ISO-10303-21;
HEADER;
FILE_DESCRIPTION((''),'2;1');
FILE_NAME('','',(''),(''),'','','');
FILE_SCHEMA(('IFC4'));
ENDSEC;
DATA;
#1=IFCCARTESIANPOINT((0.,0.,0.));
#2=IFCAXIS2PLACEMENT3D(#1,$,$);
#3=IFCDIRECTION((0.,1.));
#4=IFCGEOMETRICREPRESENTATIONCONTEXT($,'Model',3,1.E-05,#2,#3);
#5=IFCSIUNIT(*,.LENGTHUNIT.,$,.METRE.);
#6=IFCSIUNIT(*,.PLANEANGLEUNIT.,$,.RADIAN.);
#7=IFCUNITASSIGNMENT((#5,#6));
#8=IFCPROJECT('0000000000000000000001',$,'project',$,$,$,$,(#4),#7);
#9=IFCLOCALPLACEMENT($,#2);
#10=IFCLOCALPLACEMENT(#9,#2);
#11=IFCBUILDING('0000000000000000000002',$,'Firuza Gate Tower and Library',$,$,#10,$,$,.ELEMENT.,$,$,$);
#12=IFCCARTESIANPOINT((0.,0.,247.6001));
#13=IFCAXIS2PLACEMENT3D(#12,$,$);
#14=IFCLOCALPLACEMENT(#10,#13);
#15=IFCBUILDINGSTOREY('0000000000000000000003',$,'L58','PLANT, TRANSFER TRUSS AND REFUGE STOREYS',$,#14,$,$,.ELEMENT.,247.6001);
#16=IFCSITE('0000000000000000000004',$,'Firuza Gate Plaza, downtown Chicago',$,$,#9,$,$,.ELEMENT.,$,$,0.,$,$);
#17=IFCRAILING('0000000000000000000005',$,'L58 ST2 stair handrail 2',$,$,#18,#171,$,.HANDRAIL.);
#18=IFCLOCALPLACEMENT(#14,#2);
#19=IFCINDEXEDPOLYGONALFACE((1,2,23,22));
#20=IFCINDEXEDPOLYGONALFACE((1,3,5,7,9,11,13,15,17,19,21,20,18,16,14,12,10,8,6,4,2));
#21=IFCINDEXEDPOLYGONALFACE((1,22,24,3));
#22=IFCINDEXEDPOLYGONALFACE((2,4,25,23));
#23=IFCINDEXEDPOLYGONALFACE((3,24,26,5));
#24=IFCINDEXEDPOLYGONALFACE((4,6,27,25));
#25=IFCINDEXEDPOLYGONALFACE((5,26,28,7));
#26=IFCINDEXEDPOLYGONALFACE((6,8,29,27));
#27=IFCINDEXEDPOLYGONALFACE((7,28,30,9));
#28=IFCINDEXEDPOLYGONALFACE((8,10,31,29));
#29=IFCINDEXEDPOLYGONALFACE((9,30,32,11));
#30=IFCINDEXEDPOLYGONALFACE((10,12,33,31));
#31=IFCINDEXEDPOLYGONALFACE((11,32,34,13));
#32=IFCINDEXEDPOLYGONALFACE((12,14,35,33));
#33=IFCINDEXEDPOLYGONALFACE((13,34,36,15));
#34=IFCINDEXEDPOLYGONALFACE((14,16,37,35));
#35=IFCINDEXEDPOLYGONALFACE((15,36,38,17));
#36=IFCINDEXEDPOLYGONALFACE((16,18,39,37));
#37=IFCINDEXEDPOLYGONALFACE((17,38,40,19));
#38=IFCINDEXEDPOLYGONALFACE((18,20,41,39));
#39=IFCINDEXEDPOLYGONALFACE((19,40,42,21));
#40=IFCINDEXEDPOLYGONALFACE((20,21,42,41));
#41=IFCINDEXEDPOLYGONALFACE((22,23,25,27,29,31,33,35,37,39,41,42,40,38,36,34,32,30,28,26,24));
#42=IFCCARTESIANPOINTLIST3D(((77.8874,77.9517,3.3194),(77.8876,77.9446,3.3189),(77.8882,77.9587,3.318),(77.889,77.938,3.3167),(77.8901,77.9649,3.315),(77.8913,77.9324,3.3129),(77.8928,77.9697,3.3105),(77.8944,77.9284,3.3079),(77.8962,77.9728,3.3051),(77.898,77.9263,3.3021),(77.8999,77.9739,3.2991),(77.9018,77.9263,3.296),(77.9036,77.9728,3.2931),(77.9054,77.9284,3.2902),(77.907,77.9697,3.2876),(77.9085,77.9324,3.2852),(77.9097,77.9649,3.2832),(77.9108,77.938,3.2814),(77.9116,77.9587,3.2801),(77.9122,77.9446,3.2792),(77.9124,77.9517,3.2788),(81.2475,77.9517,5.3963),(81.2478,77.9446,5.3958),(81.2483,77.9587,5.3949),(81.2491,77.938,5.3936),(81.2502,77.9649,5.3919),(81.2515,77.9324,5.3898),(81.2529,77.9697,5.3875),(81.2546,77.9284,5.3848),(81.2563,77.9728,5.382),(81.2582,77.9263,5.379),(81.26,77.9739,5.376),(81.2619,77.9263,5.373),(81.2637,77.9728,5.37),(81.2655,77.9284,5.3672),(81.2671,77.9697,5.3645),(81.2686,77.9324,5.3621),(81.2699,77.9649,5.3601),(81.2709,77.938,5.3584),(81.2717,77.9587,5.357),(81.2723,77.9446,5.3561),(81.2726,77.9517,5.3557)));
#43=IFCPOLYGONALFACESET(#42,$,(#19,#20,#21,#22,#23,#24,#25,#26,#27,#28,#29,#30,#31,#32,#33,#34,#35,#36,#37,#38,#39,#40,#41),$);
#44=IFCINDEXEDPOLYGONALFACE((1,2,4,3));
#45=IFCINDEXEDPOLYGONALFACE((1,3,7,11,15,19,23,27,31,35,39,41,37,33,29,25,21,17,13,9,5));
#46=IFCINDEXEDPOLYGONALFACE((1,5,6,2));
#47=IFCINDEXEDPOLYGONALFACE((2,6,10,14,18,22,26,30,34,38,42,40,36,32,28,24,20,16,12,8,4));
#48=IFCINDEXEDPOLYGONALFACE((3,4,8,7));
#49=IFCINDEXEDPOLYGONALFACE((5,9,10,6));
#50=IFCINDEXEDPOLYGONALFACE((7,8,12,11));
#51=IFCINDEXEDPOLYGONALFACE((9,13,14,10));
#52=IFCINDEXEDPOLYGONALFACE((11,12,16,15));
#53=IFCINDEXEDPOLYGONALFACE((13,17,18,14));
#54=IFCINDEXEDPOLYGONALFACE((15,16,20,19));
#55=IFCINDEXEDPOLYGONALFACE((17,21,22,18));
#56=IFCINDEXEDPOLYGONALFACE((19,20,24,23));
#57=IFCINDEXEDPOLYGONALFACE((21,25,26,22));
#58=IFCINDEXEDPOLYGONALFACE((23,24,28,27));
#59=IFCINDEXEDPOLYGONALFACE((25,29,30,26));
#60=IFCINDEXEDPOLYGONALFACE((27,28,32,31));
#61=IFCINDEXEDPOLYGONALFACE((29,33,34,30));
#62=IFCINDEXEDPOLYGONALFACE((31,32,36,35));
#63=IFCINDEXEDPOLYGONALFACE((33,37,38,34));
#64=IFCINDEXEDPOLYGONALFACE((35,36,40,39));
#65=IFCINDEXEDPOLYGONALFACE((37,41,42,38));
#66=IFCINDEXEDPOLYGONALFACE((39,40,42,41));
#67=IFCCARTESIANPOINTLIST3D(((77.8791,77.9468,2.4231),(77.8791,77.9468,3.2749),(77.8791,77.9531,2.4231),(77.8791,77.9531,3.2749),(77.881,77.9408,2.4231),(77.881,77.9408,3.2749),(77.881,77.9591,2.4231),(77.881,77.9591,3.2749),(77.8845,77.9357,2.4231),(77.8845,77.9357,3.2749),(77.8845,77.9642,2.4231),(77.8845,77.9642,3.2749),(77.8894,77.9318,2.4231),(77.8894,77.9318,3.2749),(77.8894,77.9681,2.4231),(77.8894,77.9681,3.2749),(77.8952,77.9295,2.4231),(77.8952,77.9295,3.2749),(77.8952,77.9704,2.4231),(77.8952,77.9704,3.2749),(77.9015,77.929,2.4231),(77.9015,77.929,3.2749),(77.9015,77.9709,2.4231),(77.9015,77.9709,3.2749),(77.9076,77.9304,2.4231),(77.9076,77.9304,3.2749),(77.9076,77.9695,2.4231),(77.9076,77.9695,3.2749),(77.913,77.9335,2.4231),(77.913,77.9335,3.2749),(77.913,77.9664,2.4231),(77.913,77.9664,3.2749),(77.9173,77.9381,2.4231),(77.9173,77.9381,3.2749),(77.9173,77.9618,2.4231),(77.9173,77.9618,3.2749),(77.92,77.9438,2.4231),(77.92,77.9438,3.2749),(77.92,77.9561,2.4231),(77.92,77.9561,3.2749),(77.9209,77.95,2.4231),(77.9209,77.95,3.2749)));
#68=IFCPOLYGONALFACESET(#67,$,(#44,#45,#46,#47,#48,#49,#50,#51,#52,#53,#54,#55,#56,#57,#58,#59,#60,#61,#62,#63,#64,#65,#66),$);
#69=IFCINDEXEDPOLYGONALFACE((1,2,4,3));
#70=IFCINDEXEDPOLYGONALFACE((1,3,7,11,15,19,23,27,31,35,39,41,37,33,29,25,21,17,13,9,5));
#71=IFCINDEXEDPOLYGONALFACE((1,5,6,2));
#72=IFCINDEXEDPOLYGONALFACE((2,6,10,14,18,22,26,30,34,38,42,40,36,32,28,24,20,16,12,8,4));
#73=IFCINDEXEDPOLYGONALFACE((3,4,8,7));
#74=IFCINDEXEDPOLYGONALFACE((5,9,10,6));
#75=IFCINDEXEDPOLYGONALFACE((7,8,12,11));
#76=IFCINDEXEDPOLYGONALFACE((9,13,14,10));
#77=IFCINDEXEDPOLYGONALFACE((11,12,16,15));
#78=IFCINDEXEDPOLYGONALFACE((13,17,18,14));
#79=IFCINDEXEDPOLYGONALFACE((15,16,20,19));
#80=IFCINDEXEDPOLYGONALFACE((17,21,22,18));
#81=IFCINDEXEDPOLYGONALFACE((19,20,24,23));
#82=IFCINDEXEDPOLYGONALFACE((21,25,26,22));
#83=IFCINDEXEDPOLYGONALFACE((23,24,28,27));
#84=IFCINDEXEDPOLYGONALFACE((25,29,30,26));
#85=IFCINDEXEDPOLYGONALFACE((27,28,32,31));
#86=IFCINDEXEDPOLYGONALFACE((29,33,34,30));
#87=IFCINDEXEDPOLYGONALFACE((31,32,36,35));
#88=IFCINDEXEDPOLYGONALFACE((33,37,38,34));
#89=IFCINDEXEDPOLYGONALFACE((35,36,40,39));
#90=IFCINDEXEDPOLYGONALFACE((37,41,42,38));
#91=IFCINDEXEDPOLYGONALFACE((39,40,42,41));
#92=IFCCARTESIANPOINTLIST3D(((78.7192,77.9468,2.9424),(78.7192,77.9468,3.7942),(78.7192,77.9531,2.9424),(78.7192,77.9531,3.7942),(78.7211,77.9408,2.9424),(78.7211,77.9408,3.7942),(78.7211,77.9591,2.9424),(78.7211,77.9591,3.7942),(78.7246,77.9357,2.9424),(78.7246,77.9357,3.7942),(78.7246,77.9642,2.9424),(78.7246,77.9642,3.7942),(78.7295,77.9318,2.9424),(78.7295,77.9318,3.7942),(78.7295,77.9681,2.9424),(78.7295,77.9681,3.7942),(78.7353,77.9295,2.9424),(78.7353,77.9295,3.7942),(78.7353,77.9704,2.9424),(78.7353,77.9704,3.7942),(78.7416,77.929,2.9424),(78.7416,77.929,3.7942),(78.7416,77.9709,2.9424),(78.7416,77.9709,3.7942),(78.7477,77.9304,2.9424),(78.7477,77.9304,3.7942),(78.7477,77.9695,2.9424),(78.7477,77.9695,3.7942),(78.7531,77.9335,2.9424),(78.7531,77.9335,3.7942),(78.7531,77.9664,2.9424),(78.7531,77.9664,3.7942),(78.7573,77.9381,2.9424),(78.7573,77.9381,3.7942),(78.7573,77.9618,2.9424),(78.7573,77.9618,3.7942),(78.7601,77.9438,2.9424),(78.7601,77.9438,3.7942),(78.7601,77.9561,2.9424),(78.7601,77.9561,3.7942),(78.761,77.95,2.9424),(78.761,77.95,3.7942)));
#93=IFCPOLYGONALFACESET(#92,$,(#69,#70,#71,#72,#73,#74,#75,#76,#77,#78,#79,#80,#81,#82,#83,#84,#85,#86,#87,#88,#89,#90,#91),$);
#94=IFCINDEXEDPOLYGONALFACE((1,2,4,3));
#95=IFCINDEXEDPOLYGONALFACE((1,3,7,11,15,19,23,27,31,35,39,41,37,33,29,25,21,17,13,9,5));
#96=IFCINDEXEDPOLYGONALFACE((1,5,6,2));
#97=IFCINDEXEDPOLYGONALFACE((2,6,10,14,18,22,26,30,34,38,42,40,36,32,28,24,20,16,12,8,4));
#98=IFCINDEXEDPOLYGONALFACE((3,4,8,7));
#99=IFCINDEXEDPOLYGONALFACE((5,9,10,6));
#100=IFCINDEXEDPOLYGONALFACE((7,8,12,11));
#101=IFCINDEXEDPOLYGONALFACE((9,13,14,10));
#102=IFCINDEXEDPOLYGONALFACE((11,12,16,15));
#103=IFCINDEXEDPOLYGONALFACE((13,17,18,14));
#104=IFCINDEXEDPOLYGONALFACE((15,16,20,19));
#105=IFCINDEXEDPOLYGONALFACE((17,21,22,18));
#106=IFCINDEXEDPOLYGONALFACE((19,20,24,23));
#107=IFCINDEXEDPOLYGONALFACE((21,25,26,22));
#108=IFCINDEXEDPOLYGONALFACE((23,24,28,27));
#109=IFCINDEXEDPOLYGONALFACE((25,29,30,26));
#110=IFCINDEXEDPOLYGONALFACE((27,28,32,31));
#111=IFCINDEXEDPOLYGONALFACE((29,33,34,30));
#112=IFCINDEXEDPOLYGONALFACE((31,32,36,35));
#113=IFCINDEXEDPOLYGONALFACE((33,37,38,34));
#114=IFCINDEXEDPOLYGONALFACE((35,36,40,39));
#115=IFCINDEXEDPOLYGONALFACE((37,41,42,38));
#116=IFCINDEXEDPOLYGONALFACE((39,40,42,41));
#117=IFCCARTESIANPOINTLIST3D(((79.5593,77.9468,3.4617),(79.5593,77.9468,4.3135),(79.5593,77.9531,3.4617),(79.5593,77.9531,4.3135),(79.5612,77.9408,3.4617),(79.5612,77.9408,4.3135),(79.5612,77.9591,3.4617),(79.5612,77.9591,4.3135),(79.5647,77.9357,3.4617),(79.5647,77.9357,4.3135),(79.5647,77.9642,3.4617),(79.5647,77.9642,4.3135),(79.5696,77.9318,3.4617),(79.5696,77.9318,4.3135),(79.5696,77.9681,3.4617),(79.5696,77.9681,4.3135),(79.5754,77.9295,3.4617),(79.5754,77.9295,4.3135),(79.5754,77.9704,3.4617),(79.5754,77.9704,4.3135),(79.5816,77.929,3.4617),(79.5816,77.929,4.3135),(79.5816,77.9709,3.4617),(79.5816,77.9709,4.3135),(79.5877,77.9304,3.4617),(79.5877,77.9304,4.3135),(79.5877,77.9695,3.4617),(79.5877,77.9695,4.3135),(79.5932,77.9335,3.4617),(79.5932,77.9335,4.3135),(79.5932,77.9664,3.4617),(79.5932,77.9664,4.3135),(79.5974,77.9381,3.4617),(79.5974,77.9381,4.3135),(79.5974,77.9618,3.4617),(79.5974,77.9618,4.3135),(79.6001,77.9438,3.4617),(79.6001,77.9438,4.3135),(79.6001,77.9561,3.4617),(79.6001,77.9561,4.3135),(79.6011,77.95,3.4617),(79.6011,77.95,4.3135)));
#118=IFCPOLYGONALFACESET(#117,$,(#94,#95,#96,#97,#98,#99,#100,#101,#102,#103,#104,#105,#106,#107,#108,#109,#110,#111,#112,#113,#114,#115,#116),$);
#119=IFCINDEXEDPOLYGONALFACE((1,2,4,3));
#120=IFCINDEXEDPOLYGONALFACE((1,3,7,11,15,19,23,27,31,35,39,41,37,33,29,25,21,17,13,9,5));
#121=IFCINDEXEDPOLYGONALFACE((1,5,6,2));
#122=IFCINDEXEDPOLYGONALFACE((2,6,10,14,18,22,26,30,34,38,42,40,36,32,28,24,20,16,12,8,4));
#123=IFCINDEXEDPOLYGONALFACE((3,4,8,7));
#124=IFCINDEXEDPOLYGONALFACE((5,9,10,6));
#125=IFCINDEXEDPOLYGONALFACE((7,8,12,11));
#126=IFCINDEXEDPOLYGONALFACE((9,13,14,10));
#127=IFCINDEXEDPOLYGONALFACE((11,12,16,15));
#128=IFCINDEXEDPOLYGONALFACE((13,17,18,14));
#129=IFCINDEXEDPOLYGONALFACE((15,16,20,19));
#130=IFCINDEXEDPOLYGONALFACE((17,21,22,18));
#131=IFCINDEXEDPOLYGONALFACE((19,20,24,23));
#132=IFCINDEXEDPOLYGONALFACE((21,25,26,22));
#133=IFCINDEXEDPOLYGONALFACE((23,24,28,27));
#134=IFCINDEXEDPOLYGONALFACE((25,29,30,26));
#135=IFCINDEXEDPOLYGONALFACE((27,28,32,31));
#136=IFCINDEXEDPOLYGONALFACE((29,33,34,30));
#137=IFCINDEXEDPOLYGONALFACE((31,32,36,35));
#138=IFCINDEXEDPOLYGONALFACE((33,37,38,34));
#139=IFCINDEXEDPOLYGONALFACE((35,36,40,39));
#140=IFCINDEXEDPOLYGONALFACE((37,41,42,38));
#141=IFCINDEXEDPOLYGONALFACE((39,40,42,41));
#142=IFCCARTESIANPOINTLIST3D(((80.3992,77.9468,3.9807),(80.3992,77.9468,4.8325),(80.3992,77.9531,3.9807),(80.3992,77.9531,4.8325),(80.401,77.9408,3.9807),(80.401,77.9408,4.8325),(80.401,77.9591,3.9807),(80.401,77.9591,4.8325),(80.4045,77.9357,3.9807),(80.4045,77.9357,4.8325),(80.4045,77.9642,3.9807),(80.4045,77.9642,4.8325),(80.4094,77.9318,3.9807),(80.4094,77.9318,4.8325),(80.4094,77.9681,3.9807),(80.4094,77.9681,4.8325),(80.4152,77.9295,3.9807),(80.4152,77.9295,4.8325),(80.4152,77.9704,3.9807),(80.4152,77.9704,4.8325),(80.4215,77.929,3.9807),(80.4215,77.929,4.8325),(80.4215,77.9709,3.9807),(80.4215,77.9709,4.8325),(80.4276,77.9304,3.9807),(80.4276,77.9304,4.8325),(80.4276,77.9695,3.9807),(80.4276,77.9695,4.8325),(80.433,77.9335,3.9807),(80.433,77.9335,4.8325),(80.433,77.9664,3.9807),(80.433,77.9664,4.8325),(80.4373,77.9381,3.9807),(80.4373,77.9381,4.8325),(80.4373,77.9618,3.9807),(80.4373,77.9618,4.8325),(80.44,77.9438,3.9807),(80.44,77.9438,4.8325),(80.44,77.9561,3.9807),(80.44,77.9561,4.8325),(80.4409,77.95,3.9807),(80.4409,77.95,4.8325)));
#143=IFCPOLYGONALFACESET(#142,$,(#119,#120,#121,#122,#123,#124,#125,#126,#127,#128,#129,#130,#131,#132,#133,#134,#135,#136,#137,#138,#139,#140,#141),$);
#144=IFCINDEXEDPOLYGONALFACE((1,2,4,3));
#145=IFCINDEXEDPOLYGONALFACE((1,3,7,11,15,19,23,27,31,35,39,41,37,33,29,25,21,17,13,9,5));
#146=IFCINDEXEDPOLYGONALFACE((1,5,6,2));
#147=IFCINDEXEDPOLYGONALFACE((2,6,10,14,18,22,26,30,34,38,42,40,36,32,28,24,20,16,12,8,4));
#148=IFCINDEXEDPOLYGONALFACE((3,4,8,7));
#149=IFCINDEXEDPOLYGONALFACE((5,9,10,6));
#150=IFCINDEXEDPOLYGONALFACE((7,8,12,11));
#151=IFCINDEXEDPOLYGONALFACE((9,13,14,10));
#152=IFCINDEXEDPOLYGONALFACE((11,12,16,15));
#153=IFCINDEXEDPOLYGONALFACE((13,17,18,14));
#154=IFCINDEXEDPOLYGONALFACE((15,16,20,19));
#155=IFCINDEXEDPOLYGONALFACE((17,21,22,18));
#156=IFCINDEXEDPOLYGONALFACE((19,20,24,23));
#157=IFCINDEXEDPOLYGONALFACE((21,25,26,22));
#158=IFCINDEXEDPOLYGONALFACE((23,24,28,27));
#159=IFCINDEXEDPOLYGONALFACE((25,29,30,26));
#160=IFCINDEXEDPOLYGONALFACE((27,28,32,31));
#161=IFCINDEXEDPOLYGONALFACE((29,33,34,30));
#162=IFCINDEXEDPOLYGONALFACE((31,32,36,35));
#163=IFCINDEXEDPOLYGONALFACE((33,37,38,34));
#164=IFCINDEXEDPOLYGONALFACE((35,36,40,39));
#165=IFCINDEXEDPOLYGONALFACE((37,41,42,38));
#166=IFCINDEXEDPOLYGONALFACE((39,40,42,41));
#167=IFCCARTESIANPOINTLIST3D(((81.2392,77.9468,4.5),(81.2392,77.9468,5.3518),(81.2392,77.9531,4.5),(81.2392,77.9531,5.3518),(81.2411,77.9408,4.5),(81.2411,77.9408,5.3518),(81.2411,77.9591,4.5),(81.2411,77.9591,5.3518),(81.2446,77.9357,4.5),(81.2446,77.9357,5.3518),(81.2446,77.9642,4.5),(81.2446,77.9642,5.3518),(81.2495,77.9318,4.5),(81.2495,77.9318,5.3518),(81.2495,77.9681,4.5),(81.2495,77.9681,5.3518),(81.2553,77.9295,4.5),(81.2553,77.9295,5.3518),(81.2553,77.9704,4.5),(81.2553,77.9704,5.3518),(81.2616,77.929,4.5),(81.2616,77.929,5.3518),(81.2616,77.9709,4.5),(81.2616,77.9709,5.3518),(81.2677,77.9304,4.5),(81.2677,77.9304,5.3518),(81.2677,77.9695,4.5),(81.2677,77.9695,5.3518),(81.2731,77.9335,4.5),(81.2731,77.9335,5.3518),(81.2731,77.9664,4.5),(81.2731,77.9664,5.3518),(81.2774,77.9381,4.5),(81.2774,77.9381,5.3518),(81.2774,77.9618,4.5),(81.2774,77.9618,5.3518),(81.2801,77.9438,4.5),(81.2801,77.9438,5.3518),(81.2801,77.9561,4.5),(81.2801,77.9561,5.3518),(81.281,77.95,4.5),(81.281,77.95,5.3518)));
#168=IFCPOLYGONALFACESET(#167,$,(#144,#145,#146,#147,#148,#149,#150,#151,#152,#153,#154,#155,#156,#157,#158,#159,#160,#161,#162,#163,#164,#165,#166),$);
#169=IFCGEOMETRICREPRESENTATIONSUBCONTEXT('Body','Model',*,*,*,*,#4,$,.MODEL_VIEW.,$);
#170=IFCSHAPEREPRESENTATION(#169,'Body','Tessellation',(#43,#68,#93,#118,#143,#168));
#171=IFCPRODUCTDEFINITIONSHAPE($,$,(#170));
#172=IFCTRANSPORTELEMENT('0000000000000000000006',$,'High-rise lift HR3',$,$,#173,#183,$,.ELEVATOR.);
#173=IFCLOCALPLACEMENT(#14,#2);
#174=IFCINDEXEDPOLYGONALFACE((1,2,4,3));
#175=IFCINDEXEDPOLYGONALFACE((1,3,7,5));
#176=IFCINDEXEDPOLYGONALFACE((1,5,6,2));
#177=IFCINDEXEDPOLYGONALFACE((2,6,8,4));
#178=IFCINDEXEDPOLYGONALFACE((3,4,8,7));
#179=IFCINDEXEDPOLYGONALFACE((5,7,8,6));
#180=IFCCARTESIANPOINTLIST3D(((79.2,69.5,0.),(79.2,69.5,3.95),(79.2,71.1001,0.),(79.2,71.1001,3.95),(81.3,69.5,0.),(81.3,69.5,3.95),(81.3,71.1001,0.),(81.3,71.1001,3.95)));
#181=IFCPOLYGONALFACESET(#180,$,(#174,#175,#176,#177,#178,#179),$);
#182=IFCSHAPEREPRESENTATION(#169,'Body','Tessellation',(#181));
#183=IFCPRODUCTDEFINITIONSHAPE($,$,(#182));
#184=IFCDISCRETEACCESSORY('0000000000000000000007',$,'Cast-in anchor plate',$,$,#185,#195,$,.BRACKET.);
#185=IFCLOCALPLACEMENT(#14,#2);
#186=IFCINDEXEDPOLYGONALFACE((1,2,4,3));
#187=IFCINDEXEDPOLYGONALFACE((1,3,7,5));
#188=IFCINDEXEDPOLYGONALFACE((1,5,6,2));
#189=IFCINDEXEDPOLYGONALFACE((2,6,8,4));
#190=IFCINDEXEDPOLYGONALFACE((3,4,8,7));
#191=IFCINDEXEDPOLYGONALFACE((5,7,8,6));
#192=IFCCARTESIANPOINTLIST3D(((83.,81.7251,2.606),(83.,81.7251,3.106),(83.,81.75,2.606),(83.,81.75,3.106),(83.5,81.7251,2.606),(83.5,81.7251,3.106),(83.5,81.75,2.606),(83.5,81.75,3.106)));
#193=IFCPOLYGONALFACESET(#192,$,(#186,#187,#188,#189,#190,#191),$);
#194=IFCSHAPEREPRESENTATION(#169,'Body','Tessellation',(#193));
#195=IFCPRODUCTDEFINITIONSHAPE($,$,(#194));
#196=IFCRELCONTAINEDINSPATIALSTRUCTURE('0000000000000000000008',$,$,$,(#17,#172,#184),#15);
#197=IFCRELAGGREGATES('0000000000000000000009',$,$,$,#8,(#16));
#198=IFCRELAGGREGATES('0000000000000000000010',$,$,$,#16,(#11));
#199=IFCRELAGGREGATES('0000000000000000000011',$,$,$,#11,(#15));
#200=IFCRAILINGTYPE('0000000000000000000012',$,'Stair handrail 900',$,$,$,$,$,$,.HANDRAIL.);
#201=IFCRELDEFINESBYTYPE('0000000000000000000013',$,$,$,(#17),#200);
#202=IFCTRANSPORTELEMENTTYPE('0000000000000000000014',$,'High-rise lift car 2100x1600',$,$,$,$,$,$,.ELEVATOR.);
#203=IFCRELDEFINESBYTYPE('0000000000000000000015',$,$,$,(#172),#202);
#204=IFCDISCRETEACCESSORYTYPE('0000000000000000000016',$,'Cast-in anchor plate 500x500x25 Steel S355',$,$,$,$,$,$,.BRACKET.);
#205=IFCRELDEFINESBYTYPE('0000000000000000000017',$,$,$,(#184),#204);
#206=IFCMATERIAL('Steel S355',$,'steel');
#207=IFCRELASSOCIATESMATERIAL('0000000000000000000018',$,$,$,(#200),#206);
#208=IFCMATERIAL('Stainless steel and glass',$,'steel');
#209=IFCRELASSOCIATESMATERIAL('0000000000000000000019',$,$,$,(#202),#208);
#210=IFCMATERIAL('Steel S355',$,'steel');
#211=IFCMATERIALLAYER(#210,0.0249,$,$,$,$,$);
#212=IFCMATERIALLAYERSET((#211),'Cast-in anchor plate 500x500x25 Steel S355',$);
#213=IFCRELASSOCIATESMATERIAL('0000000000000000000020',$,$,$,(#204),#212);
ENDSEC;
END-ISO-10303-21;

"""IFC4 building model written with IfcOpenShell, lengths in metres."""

from ifc_helpers import new_model, si_unit, direction, frame, origin, origin_2d, place, context, subcontext, project, spatial, rectangle, circle, extrude, material, layer, layer_set, type_object, element, save


model = new_model("IFC4")

# Units and contexts
model_context = context("Model", 3, precision=1e-05, world=origin(), true_north=direction((0.0, 1.0)))
body_context = subcontext(model_context, "Body", "Model", "MODEL_VIEW")
ifc_project = project(units=[si_unit("LENGTHUNIT", "METRE"), si_unit("PLANEANGLEUNIT", "RADIAN")], contexts=[model_context])

# Site, building, storey
site_placement = place(None, origin())
site = spatial("IfcSite", under=ifc_project, at=site_placement, Name="Firuza Gate Plaza, downtown Chicago", CompositionType="ELEMENT", RefElevation=0.0)
building_placement = place(site_placement, origin())
building = spatial("IfcBuilding", under=site, at=building_placement, Name="Firuza Gate Tower and Library", CompositionType="ELEMENT")
storey_placement = place(building_placement, frame((0.0, 0.0, 247.6001)))
storey = spatial("IfcBuildingStorey", under=building, at=storey_placement, Name="L58", Description="PLANT, TRANSFER TRUSS AND REFUGE STOREYS", CompositionType="ELEMENT", Elevation=247.6001)

# Railing
ifc_material_1 = material(Name="Steel S355", Category="steel")
railing_type_1 = type_object("IfcRailingType", Name="Stair handrail 900", PredefinedType="HANDRAIL", material=ifc_material_1)
railing_1_placement = place(storey_placement, frame((77.8999, 77.95, 2.4231)))
element("IfcRailing", 1, at=railing_1_placement, inside=storey, type_object=railing_type_1, Name="L58 ST2 stair handrail 2", PredefinedType="HANDRAIL", context=body_context, shape_type="SweptSolid", body=[
    extrude(circle(Radius=0.0239, at=origin_2d()), frame((0.0, 0.0, 0.876), z_axis=(0.850623, 0.0, 0.525776), x_axis=(0.0, 1.0, 0.0)), (0.0, 0.0, 1.0), 3.9502),
    extrude(circle(Radius=0.021, at=origin_2d()), origin(), (0.0, 0.0, 1.0), 0.8518),
    extrude(circle(Radius=0.021, at=origin_2d()), frame((0.8401, 0.0, 0.5193)), (0.0, 0.0, 1.0), 0.8518),
    extrude(circle(Radius=0.021, at=origin_2d()), frame((1.6802, 0.0, 1.0386)), (0.0, 0.0, 1.0), 0.8518),
    extrude(circle(Radius=0.021, at=origin_2d()), frame((2.52, 0.0, 1.5576)), (0.0, 0.0, 1.0), 0.8518),
    extrude(circle(Radius=0.021, at=origin_2d()), frame((3.3601, 0.0, 2.0769)), (0.0, 0.0, 1.0), 0.8518),
])

# Transport element
ifc_material_2 = material(Name="Stainless steel and glass", Category="steel")
transport_element_type = type_object("IfcTransportElementType", Name="High-rise lift car 2100x1600", PredefinedType="ELEVATOR", material=ifc_material_2)
transport_element_placement = place(storey_placement, frame((80.25, 70.3, 0.0), z_axis=(0.0, 0.0, 1.0), x_axis=(1.0, 0.0, 0.0)))
element("IfcTransportElement", 2, at=transport_element_placement, inside=storey, type_object=transport_element_type, Name="High-rise lift HR3", PredefinedType="ELEVATOR", context=body_context, shape_type="SweptSolid", body=[
    extrude(rectangle(XDim=2.1001, YDim=1.6001, at=origin_2d()), origin(), (0.0, 0.0, 1.0), 3.95),
])

# Discrete accessory
ifc_material_3 = material(Name="Steel S355", Category="steel")
ifc_layer_1 = layer(ifc_material_3, 0.0249)
ifc_layer_set_1 = layer_set([ifc_layer_1], Name="Cast-in anchor plate 500x500x25 Steel S355")
discrete_accessory_type = type_object("IfcDiscreteAccessoryType", Name="Cast-in anchor plate 500x500x25 Steel S355", PredefinedType="BRACKET", material=ifc_layer_set_1)
discrete_accessory_placement = place(storey_placement, frame((83.25, 81.7375, 2.606), z_axis=(0.0, 0.0, 1.0), x_axis=(1.0, 0.0, 0.0)))
element("IfcDiscreteAccessory", 3, at=discrete_accessory_placement, inside=storey, type_object=discrete_accessory_type, Name="Cast-in anchor plate", PredefinedType="BRACKET", context=body_context, shape_type="SweptSolid", body=[
    extrude(rectangle(XDim=0.5, YDim=0.0249, at=origin_2d()), origin(), (0.0, 0.0, 1.0), 0.5),
])

save(model, "model.ifc")
